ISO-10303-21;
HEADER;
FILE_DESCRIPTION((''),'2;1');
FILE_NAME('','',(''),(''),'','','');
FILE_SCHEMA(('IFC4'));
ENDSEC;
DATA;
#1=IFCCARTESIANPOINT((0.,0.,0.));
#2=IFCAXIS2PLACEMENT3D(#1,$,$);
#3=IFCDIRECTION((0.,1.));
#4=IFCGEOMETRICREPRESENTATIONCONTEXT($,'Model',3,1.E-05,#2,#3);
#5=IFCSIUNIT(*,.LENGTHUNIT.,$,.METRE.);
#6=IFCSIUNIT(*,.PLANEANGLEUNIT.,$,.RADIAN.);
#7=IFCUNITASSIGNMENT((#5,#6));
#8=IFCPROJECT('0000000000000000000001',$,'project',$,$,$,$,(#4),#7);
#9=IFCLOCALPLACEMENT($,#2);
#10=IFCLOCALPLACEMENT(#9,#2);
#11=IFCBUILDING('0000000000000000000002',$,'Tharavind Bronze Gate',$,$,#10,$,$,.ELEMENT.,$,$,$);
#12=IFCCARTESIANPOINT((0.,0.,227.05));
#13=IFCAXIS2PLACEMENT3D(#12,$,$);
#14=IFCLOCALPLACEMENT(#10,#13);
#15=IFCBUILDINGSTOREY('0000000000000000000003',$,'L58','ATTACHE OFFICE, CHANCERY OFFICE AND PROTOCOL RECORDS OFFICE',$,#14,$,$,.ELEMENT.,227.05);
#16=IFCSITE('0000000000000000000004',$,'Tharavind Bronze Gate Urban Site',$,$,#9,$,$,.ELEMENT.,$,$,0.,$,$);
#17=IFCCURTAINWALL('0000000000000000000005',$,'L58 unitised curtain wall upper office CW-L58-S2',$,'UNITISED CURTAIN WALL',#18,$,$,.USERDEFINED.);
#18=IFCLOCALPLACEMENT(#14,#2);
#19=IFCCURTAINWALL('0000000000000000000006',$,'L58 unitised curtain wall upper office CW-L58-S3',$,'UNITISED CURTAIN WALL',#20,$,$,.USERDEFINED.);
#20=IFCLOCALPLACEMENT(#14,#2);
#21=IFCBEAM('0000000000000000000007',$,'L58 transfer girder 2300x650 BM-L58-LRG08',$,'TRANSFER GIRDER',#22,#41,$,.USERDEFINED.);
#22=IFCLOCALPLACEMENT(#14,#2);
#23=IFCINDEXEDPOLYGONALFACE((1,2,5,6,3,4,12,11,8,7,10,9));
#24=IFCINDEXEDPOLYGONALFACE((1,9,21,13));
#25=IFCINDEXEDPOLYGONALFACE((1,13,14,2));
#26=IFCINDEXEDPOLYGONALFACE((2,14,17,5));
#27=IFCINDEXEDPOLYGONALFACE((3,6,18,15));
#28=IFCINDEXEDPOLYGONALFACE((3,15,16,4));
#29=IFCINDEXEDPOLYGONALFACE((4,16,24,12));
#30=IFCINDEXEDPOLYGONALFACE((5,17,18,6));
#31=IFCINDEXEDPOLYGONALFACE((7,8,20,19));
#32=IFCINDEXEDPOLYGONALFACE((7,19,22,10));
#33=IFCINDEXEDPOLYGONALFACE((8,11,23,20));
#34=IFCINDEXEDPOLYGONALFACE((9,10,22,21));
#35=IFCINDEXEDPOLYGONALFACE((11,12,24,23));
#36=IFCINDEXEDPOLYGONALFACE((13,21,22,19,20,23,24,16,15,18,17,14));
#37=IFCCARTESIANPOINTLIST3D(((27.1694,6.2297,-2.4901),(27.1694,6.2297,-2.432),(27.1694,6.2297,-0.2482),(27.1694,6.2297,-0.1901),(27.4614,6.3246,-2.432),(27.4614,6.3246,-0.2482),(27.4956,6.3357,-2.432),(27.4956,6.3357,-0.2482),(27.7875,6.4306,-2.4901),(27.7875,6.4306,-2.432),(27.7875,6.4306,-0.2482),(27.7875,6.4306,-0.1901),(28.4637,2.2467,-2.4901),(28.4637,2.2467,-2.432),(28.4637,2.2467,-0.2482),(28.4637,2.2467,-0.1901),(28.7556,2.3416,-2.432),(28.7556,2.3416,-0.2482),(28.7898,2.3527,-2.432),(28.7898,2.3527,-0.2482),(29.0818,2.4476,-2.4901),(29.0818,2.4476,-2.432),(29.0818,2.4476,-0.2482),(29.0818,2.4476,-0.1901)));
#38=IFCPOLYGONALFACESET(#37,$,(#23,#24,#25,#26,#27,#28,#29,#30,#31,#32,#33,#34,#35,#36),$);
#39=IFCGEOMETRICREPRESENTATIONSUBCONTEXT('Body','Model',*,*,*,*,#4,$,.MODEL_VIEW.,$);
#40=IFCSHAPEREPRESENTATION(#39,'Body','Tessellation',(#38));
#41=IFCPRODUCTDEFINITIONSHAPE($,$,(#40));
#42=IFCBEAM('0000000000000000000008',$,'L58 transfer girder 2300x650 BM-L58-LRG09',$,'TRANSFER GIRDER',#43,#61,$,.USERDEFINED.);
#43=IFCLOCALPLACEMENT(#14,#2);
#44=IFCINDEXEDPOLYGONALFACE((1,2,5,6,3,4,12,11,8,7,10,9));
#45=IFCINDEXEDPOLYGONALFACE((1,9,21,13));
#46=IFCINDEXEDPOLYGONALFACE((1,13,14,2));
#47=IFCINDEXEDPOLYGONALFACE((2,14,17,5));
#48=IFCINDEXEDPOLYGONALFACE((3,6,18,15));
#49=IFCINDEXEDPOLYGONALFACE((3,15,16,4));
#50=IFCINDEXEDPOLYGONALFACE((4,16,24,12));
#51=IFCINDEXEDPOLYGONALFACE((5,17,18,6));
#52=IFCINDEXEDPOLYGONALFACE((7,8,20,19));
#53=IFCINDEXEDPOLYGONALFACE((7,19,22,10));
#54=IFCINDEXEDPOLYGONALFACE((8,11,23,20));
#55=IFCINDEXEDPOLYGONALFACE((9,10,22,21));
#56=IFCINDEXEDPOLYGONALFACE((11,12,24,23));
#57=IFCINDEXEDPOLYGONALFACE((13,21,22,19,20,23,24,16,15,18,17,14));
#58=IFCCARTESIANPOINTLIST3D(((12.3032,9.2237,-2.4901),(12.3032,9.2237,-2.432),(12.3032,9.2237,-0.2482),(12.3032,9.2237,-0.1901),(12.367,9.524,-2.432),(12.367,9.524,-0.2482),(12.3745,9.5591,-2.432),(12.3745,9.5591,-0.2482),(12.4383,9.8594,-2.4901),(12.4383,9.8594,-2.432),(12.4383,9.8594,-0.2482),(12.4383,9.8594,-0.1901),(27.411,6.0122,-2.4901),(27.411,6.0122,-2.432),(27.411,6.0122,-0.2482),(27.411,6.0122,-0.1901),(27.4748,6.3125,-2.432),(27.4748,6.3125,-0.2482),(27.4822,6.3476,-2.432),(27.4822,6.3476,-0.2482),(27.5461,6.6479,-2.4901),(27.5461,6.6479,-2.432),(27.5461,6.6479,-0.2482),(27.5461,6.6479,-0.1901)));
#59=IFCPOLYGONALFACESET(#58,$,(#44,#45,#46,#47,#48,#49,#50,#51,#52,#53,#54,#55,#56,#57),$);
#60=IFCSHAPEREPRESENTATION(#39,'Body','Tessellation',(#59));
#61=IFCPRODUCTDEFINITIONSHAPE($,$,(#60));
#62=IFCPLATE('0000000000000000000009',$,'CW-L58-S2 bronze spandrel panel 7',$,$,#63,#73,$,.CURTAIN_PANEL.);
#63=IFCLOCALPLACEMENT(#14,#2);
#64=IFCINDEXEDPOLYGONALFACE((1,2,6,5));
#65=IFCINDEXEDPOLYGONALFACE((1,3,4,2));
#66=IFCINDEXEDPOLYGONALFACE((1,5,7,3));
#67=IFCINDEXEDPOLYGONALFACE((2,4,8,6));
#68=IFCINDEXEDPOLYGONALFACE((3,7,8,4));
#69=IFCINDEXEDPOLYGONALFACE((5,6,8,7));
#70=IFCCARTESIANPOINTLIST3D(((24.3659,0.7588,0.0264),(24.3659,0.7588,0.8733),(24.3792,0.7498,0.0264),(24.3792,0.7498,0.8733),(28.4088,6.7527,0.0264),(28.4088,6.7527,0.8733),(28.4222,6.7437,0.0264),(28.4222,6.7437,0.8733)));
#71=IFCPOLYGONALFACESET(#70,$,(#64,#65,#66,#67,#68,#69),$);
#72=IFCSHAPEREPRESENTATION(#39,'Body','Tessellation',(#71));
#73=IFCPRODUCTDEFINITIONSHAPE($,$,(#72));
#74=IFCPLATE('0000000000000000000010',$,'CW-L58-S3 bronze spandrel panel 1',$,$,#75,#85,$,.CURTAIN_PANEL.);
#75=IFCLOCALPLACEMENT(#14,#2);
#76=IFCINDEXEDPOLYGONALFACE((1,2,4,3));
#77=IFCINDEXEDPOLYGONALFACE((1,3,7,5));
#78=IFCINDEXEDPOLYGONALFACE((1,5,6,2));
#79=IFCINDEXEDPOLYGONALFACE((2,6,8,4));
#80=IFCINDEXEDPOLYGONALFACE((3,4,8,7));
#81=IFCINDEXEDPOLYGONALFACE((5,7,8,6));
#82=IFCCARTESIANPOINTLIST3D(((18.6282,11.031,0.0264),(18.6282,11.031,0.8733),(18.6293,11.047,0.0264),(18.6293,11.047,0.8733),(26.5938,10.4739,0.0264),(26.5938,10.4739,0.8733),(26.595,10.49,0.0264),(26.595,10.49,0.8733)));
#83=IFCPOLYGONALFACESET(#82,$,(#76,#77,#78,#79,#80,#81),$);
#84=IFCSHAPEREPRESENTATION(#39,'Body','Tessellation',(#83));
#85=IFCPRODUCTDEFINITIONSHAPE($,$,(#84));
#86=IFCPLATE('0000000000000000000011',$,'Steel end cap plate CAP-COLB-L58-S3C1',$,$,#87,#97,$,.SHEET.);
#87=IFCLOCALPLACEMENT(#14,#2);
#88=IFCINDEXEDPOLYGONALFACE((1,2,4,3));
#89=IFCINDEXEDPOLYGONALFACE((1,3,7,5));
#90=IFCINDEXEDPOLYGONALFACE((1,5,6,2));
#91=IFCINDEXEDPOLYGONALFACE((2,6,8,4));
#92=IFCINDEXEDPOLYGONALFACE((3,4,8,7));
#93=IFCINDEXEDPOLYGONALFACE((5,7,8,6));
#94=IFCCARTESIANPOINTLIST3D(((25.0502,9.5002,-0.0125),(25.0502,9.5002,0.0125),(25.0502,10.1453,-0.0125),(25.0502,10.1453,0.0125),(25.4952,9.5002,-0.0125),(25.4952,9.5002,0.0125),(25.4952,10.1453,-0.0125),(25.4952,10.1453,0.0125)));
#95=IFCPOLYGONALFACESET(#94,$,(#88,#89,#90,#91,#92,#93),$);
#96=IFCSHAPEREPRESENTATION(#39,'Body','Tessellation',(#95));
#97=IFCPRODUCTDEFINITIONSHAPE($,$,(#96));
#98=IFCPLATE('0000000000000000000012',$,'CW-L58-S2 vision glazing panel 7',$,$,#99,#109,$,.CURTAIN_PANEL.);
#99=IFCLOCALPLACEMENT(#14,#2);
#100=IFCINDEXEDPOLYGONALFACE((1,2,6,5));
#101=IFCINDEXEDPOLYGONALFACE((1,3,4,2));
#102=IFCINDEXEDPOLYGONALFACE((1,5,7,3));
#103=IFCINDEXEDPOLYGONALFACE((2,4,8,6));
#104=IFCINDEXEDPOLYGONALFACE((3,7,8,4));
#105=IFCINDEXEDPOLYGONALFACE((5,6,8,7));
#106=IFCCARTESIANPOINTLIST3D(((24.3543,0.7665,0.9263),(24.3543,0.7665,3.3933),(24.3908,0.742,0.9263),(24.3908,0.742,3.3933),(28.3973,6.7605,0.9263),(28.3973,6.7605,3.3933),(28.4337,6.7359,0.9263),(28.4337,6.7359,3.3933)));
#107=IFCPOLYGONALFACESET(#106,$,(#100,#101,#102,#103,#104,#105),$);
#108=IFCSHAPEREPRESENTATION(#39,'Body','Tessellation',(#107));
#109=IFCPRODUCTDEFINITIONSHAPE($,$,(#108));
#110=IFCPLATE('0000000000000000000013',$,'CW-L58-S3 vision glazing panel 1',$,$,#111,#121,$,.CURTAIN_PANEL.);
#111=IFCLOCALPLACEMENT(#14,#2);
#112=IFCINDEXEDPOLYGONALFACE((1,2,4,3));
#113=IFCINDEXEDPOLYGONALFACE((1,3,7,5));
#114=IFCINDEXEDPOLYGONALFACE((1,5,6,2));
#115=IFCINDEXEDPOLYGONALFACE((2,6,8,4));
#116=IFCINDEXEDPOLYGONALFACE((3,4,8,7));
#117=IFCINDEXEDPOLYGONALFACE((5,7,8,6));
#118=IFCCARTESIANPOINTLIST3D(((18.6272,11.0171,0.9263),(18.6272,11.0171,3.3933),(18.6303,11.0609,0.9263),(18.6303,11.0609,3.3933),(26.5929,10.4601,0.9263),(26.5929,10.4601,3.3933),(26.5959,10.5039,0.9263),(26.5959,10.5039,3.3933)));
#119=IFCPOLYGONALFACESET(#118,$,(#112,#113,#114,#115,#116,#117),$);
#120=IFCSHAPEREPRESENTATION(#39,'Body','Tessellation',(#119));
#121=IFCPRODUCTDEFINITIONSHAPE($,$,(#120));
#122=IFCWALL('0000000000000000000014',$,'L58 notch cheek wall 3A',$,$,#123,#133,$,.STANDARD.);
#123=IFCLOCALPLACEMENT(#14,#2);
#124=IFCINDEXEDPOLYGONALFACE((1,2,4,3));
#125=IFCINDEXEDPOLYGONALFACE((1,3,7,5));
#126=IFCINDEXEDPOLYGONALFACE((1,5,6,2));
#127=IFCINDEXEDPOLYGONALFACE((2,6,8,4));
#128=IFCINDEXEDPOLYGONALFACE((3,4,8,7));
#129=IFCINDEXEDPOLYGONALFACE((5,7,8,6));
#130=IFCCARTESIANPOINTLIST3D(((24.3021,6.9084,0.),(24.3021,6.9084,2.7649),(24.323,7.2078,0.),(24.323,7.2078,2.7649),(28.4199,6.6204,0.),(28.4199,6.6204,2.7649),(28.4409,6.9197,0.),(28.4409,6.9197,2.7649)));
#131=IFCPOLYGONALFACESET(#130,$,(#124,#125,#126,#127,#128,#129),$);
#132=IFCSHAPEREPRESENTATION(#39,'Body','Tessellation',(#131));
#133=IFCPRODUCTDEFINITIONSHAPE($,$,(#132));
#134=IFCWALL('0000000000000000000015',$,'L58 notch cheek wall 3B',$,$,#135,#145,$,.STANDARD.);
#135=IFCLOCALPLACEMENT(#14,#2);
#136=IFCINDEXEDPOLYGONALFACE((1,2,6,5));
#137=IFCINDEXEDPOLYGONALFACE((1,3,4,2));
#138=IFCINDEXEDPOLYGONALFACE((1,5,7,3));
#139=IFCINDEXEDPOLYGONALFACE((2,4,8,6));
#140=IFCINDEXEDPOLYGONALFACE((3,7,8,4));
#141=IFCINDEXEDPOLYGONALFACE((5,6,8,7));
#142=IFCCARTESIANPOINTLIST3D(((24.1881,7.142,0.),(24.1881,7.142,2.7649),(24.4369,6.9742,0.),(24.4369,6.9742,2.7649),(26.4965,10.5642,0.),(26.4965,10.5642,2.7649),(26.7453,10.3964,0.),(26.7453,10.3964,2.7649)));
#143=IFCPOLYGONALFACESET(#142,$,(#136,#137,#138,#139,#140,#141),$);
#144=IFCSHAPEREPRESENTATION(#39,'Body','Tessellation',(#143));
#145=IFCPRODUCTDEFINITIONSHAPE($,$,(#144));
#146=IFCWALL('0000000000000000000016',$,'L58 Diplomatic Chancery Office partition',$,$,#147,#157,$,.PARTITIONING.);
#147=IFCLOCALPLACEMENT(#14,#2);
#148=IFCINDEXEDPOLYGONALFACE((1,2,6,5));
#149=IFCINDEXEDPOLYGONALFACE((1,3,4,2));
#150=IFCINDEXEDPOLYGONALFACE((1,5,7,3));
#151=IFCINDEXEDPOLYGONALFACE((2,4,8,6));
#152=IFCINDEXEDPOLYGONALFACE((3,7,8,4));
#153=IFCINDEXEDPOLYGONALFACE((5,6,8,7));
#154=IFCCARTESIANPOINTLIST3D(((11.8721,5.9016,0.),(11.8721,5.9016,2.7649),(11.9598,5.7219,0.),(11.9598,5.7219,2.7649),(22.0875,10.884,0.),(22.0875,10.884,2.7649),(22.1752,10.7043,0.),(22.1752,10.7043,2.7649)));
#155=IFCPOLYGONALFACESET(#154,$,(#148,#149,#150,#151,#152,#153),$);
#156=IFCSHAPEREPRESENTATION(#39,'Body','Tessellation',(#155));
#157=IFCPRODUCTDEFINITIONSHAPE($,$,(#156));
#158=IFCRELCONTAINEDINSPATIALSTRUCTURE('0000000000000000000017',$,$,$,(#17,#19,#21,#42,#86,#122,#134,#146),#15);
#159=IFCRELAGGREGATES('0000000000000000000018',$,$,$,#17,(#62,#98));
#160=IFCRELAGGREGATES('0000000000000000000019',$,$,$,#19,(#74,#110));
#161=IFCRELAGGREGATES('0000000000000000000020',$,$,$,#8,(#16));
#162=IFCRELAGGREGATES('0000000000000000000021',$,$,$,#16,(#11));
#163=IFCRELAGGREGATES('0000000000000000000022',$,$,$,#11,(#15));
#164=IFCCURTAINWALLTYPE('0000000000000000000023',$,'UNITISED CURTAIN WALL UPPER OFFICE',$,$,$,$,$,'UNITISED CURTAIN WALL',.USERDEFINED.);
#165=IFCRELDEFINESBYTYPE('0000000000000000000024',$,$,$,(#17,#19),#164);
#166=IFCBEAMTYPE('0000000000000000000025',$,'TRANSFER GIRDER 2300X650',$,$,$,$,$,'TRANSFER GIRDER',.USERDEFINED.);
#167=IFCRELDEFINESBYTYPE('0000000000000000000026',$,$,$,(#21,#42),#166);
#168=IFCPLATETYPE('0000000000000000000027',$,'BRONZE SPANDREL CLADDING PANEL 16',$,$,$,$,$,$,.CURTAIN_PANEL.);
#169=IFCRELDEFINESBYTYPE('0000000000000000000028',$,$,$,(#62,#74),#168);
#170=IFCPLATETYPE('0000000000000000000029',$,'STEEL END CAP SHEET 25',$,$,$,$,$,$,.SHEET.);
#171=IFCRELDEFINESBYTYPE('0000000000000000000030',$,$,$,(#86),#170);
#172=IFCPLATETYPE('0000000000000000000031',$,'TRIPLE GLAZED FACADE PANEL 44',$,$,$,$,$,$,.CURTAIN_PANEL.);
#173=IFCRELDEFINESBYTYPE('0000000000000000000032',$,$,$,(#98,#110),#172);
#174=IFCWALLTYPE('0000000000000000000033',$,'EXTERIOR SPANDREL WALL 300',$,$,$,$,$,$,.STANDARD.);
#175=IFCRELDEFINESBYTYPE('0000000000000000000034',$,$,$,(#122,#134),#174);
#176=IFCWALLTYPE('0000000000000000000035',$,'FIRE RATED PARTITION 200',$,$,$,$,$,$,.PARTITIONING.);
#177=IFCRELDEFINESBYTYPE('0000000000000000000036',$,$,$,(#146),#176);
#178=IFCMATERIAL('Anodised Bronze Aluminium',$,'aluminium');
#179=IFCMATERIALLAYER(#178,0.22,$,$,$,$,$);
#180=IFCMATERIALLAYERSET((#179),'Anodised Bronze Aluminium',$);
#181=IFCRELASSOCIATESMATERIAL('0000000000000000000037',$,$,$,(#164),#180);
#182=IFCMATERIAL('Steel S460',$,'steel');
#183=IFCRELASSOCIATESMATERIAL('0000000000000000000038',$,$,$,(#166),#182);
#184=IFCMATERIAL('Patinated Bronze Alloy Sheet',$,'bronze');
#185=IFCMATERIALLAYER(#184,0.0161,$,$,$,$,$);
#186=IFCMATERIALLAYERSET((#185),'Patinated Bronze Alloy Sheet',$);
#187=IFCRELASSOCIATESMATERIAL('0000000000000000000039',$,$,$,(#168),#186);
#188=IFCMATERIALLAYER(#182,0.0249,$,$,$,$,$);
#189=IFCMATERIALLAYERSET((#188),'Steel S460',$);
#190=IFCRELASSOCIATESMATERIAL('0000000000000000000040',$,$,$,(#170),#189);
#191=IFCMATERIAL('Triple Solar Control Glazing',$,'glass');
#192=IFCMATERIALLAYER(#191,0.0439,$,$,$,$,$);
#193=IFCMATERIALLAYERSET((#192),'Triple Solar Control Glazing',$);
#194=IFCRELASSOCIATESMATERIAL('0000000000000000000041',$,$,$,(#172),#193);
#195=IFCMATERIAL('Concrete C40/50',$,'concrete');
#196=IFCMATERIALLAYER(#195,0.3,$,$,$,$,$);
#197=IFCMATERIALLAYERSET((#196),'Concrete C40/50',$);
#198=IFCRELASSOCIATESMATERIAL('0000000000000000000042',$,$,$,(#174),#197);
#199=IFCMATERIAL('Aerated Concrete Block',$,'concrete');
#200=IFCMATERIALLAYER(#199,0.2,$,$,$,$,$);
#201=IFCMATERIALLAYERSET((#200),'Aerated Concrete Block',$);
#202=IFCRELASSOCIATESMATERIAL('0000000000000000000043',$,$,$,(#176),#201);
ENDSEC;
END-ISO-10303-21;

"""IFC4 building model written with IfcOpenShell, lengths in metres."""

from ifc_helpers import new_model, si_unit, direction, frame, frame_2d, origin, origin_2d, place, context, subcontext, project, spatial, rectangle, i_section, extrude, material, layer, layer_set, material_profile, profile_set, type_object, element, aggregate, save


model = new_model("IFC4")

# Units and contexts
model_context = context("Model", 3, precision=1e-05, world=origin(), true_north=direction((0.0, 1.0)))
body_context = subcontext(model_context, "Body", "Model", "MODEL_VIEW")
ifc_project = project(units=[si_unit("LENGTHUNIT", "METRE"), si_unit("PLANEANGLEUNIT", "RADIAN")], contexts=[model_context])

# Site, building, storey
site_placement = place(None, origin())
site = spatial("IfcSite", under=ifc_project, at=site_placement, Name="Tharavind Bronze Gate Urban Site", CompositionType="ELEMENT", RefElevation=0.0)
building_placement = place(site_placement, origin())
building = spatial("IfcBuilding", under=site, at=building_placement, Name="Tharavind Bronze Gate", CompositionType="ELEMENT")
storey_placement = place(building_placement, frame((0.0, 0.0, 227.05)))
storey = spatial("IfcBuildingStorey", under=building, at=storey_placement, Name="L58", Description="ATTACHE OFFICE, CHANCERY OFFICE AND PROTOCOL RECORDS OFFICE", CompositionType="ELEMENT", Elevation=227.05)

# Shared definitions
ifc_material_1 = material(Name="Steel S460", Category="steel")

# Curtain wall
ifc_material_2 = material(Name="Anodised Bronze Aluminium", Category="aluminium")
ifc_layer_1 = layer(ifc_material_2, 0.22)
ifc_layer_set_1 = layer_set([ifc_layer_1], Name="Anodised Bronze Aluminium")
curtain_wall_type = type_object("IfcCurtainWallType", Name="UNITISED CURTAIN WALL UPPER OFFICE", ElementType="UNITISED CURTAIN WALL", PredefinedType="USERDEFINED", material=ifc_layer_set_1)
curtain_wall_1_placement = place(storey_placement, origin())
curtain_wall_1 = element("IfcCurtainWall", 1, at=curtain_wall_1_placement, inside=storey, type_object=curtain_wall_type, Name="L58 unitised curtain wall upper office CW-L58-S2", ObjectType="UNITISED CURTAIN WALL", PredefinedType="USERDEFINED")

# Curtain wall
curtain_wall_2_placement = place(storey_placement, origin())
curtain_wall_2 = element("IfcCurtainWall", 2, at=curtain_wall_2_placement, inside=storey, type_object=curtain_wall_type, Name="L58 unitised curtain wall upper office CW-L58-S3", ObjectType="UNITISED CURTAIN WALL", PredefinedType="USERDEFINED")

# Beams
ifc_material_profile_1 = material_profile(ifc_material_1, i_section(OverallWidth=0.6499, OverallDepth=2.3, WebThickness=0.0359, FlangeThickness=0.0581, at=origin_2d()), Name="PG2300X650")
ifc_profile_set_1 = profile_set([ifc_material_profile_1], Name="Steel S460")
beam_type_1 = type_object("IfcBeamType", Name="TRANSFER GIRDER 2300X650", ElementType="TRANSFER GIRDER", PredefinedType="USERDEFINED", material=ifc_profile_set_1)
beam_1_placement = place(storey_placement, frame((28.7727, 2.3472, -1.3401), z_axis=(-0.309031, 0.951052, 0.0), x_axis=(-0.951052, -0.309031, 0.0)))
element("IfcBeam", 3, at=beam_1_placement, inside=storey, type_object=beam_type_1, Name="L58 transfer girder 2300x650 BM-L58-LRG08", ObjectType="TRANSFER GIRDER", PredefinedType="USERDEFINED", context=body_context, shape_type="SweptSolid", body=[
    extrude(i_section(OverallWidth=0.6499, OverallDepth=2.3, WebThickness=0.0359, FlangeThickness=0.0581, at=origin_2d()), origin(), (0.0, 0.0, 1.0), 4.188),
])
beam_2_placement = place(storey_placement, frame((27.4785, 6.3301, -1.3401), z_axis=(-0.978145, 0.207924, 0.0), x_axis=(-0.207924, -0.978145, 0.0)))
element("IfcBeam", 4, at=beam_2_placement, inside=storey, type_object=beam_type_1, Name="L58 transfer girder 2300x650 BM-L58-LRG09", ObjectType="TRANSFER GIRDER", PredefinedType="USERDEFINED", context=body_context, shape_type="SweptSolid", body=[
    extrude(i_section(OverallWidth=0.6499, OverallDepth=2.3, WebThickness=0.0359, FlangeThickness=0.0581, at=origin_2d()), origin(), (0.0, 0.0, 1.0), 15.4453),
])

# Plates
ifc_material_3 = material(Name="Patinated Bronze Alloy Sheet", Category="bronze")
ifc_layer_2 = layer(ifc_material_3, 0.0161)
ifc_layer_set_2 = layer_set([ifc_layer_2], Name="Patinated Bronze Alloy Sheet")
plate_type_1 = type_object("IfcPlateType", Name="BRONZE SPANDREL CLADDING PANEL 16", PredefinedType="CURTAIN_PANEL", material=ifc_layer_set_2)
plate_1_placement = place(storey_placement, frame((26.394, 3.7512, 0.0264), z_axis=(0.0, 0.0, 1.0), x_axis=(0.559193, 0.829038, 0.0)))
plate_1 = element("IfcPlate", 5, at=plate_1_placement, type_object=plate_type_1, Name="CW-L58-S2 bronze spandrel panel 7", PredefinedType="CURTAIN_PANEL", context=body_context, shape_type="SweptSolid", body=[
    extrude(rectangle(XDim=7.23, YDim=0.0161, at=origin_2d()), origin(), (0.0, 0.0, 1.0), 0.8469),
])
plate_2_placement = place(storey_placement, frame((22.6116, 10.7605, 0.0264), z_axis=(0.0, 0.0, 1.0), x_axis=(-0.997564, 0.069758, 0.0)))
plate_2 = element("IfcPlate", 6, at=plate_2_placement, type_object=plate_type_1, Name="CW-L58-S3 bronze spandrel panel 1", PredefinedType="CURTAIN_PANEL", context=body_context, shape_type="SweptSolid", body=[
    extrude(rectangle(XDim=7.9851, YDim=0.0161, at=origin_2d()), origin(), (0.0, 0.0, 1.0), 0.8469),
])
ifc_layer_3 = layer(ifc_material_1, 0.0249)
ifc_layer_set_3 = layer_set([ifc_layer_3], Name="Steel S460")
plate_type_2 = type_object("IfcPlateType", Name="STEEL END CAP SHEET 25", PredefinedType="SHEET", material=ifc_layer_set_3)
plate_3_placement = place(storey_placement, frame((25.2727, 9.8228, -0.0125), z_axis=(0.0, 0.0, 1.0), x_axis=(1.0, 0.0, 0.0)))
element("IfcPlate", 7, at=plate_3_placement, inside=storey, type_object=plate_type_2, Name="Steel end cap plate CAP-COLB-L58-S3C1", PredefinedType="SHEET", context=body_context, shape_type="SweptSolid", body=[
    extrude(rectangle(XDim=0.4451, YDim=0.645, at=origin_2d()), origin(), (0.0, 0.0, 1.0), 0.0249),
])
ifc_material_4 = material(Name="Triple Solar Control Glazing", Category="glass")
ifc_layer_4 = layer(ifc_material_4, 0.0439)
ifc_layer_set_4 = layer_set([ifc_layer_4], Name="Triple Solar Control Glazing")
plate_type_3 = type_object("IfcPlateType", Name="TRIPLE GLAZED FACADE PANEL 44", PredefinedType="CURTAIN_PANEL", material=ifc_layer_set_4)
plate_4_placement = place(storey_placement, frame((26.394, 3.7512, 0.9263), z_axis=(0.0, 0.0, 1.0), x_axis=(0.559193, 0.829038, 0.0)))
plate_4 = element("IfcPlate", 8, at=plate_4_placement, type_object=plate_type_3, Name="CW-L58-S2 vision glazing panel 7", PredefinedType="CURTAIN_PANEL", context=body_context, shape_type="SweptSolid", body=[
    extrude(rectangle(XDim=7.23, YDim=0.0439, at=origin_2d()), origin(), (0.0, 0.0, 1.0), 2.467),
])
aggregate(curtain_wall_1, [plate_1, plate_4])
plate_5_placement = place(storey_placement, frame((22.6116, 10.7605, 0.9263), z_axis=(0.0, 0.0, 1.0), x_axis=(-0.997564, 0.069758, 0.0)))
plate_5 = element("IfcPlate", 9, at=plate_5_placement, type_object=plate_type_3, Name="CW-L58-S3 vision glazing panel 1", PredefinedType="CURTAIN_PANEL", context=body_context, shape_type="SweptSolid", body=[
    extrude(rectangle(XDim=7.9851, YDim=0.0439, at=origin_2d()), origin(), (0.0, 0.0, 1.0), 2.467),
])
aggregate(curtain_wall_2, [plate_2, plate_5])

# Walls
ifc_material_5 = material(Name="Concrete C40/50", Category="concrete")
ifc_layer_5 = layer(ifc_material_5, 0.3)
ifc_layer_set_5 = layer_set([ifc_layer_5], Name="Concrete C40/50")
wall_type_1 = type_object("IfcWallType", Name="EXTERIOR SPANDREL WALL 300", PredefinedType="STANDARD", material=ifc_layer_set_5)
for number, where, z_axis, x_axis, name in (
    (10, (28.4304, 6.77, 0.0), (0.0, 0.0, 1.0), (-0.997562, 0.069789, 0.0), "L58 notch cheek wall 3A"),
    (11, (24.3125, 7.0581, 0.0), (0.0, 0.0, 1.0), (0.55921, 0.829026, 0.0), "L58 notch cheek wall 3B"),
):
    element("IfcWall", number, at=place(storey_placement, frame(where, z_axis=z_axis, x_axis=x_axis)), inside=storey, type_object=wall_type_1, Name=name, PredefinedType="STANDARD", context=body_context, shape_type="SweptSolid", body=[
        extrude(rectangle(XDim=4.1279, YDim=0.3, at=frame_2d((2.064, 0.0))), origin(), (0.0, 0.0, 1.0), 2.7649),
    ])
ifc_material_6 = material(Name="Aerated Concrete Block", Category="concrete")
ifc_layer_6 = layer(ifc_material_6, 0.2)
ifc_layer_set_6 = layer_set([ifc_layer_6], Name="Aerated Concrete Block")
wall_type_2 = type_object("IfcWallType", Name="FIRE RATED PARTITION 200", PredefinedType="PARTITIONING", material=ifc_layer_set_6)
wall_placement = place(storey_placement, frame((22.1313, 10.7942, 0.0), z_axis=(0.0, 0.0, 1.0), x_axis=(-0.898792, -0.438376, 0.0)))
element("IfcWall", 12, at=wall_placement, inside=storey, type_object=wall_type_2, Name="L58 Diplomatic Chancery Office partition", PredefinedType="PARTITIONING", context=body_context, shape_type="SweptSolid", body=[
    extrude(rectangle(XDim=11.3657, YDim=0.2, at=frame_2d((5.6829, 0.0))), origin(), (0.0, 0.0, 1.0), 2.7649),
])

save(model, "model.ifc")
